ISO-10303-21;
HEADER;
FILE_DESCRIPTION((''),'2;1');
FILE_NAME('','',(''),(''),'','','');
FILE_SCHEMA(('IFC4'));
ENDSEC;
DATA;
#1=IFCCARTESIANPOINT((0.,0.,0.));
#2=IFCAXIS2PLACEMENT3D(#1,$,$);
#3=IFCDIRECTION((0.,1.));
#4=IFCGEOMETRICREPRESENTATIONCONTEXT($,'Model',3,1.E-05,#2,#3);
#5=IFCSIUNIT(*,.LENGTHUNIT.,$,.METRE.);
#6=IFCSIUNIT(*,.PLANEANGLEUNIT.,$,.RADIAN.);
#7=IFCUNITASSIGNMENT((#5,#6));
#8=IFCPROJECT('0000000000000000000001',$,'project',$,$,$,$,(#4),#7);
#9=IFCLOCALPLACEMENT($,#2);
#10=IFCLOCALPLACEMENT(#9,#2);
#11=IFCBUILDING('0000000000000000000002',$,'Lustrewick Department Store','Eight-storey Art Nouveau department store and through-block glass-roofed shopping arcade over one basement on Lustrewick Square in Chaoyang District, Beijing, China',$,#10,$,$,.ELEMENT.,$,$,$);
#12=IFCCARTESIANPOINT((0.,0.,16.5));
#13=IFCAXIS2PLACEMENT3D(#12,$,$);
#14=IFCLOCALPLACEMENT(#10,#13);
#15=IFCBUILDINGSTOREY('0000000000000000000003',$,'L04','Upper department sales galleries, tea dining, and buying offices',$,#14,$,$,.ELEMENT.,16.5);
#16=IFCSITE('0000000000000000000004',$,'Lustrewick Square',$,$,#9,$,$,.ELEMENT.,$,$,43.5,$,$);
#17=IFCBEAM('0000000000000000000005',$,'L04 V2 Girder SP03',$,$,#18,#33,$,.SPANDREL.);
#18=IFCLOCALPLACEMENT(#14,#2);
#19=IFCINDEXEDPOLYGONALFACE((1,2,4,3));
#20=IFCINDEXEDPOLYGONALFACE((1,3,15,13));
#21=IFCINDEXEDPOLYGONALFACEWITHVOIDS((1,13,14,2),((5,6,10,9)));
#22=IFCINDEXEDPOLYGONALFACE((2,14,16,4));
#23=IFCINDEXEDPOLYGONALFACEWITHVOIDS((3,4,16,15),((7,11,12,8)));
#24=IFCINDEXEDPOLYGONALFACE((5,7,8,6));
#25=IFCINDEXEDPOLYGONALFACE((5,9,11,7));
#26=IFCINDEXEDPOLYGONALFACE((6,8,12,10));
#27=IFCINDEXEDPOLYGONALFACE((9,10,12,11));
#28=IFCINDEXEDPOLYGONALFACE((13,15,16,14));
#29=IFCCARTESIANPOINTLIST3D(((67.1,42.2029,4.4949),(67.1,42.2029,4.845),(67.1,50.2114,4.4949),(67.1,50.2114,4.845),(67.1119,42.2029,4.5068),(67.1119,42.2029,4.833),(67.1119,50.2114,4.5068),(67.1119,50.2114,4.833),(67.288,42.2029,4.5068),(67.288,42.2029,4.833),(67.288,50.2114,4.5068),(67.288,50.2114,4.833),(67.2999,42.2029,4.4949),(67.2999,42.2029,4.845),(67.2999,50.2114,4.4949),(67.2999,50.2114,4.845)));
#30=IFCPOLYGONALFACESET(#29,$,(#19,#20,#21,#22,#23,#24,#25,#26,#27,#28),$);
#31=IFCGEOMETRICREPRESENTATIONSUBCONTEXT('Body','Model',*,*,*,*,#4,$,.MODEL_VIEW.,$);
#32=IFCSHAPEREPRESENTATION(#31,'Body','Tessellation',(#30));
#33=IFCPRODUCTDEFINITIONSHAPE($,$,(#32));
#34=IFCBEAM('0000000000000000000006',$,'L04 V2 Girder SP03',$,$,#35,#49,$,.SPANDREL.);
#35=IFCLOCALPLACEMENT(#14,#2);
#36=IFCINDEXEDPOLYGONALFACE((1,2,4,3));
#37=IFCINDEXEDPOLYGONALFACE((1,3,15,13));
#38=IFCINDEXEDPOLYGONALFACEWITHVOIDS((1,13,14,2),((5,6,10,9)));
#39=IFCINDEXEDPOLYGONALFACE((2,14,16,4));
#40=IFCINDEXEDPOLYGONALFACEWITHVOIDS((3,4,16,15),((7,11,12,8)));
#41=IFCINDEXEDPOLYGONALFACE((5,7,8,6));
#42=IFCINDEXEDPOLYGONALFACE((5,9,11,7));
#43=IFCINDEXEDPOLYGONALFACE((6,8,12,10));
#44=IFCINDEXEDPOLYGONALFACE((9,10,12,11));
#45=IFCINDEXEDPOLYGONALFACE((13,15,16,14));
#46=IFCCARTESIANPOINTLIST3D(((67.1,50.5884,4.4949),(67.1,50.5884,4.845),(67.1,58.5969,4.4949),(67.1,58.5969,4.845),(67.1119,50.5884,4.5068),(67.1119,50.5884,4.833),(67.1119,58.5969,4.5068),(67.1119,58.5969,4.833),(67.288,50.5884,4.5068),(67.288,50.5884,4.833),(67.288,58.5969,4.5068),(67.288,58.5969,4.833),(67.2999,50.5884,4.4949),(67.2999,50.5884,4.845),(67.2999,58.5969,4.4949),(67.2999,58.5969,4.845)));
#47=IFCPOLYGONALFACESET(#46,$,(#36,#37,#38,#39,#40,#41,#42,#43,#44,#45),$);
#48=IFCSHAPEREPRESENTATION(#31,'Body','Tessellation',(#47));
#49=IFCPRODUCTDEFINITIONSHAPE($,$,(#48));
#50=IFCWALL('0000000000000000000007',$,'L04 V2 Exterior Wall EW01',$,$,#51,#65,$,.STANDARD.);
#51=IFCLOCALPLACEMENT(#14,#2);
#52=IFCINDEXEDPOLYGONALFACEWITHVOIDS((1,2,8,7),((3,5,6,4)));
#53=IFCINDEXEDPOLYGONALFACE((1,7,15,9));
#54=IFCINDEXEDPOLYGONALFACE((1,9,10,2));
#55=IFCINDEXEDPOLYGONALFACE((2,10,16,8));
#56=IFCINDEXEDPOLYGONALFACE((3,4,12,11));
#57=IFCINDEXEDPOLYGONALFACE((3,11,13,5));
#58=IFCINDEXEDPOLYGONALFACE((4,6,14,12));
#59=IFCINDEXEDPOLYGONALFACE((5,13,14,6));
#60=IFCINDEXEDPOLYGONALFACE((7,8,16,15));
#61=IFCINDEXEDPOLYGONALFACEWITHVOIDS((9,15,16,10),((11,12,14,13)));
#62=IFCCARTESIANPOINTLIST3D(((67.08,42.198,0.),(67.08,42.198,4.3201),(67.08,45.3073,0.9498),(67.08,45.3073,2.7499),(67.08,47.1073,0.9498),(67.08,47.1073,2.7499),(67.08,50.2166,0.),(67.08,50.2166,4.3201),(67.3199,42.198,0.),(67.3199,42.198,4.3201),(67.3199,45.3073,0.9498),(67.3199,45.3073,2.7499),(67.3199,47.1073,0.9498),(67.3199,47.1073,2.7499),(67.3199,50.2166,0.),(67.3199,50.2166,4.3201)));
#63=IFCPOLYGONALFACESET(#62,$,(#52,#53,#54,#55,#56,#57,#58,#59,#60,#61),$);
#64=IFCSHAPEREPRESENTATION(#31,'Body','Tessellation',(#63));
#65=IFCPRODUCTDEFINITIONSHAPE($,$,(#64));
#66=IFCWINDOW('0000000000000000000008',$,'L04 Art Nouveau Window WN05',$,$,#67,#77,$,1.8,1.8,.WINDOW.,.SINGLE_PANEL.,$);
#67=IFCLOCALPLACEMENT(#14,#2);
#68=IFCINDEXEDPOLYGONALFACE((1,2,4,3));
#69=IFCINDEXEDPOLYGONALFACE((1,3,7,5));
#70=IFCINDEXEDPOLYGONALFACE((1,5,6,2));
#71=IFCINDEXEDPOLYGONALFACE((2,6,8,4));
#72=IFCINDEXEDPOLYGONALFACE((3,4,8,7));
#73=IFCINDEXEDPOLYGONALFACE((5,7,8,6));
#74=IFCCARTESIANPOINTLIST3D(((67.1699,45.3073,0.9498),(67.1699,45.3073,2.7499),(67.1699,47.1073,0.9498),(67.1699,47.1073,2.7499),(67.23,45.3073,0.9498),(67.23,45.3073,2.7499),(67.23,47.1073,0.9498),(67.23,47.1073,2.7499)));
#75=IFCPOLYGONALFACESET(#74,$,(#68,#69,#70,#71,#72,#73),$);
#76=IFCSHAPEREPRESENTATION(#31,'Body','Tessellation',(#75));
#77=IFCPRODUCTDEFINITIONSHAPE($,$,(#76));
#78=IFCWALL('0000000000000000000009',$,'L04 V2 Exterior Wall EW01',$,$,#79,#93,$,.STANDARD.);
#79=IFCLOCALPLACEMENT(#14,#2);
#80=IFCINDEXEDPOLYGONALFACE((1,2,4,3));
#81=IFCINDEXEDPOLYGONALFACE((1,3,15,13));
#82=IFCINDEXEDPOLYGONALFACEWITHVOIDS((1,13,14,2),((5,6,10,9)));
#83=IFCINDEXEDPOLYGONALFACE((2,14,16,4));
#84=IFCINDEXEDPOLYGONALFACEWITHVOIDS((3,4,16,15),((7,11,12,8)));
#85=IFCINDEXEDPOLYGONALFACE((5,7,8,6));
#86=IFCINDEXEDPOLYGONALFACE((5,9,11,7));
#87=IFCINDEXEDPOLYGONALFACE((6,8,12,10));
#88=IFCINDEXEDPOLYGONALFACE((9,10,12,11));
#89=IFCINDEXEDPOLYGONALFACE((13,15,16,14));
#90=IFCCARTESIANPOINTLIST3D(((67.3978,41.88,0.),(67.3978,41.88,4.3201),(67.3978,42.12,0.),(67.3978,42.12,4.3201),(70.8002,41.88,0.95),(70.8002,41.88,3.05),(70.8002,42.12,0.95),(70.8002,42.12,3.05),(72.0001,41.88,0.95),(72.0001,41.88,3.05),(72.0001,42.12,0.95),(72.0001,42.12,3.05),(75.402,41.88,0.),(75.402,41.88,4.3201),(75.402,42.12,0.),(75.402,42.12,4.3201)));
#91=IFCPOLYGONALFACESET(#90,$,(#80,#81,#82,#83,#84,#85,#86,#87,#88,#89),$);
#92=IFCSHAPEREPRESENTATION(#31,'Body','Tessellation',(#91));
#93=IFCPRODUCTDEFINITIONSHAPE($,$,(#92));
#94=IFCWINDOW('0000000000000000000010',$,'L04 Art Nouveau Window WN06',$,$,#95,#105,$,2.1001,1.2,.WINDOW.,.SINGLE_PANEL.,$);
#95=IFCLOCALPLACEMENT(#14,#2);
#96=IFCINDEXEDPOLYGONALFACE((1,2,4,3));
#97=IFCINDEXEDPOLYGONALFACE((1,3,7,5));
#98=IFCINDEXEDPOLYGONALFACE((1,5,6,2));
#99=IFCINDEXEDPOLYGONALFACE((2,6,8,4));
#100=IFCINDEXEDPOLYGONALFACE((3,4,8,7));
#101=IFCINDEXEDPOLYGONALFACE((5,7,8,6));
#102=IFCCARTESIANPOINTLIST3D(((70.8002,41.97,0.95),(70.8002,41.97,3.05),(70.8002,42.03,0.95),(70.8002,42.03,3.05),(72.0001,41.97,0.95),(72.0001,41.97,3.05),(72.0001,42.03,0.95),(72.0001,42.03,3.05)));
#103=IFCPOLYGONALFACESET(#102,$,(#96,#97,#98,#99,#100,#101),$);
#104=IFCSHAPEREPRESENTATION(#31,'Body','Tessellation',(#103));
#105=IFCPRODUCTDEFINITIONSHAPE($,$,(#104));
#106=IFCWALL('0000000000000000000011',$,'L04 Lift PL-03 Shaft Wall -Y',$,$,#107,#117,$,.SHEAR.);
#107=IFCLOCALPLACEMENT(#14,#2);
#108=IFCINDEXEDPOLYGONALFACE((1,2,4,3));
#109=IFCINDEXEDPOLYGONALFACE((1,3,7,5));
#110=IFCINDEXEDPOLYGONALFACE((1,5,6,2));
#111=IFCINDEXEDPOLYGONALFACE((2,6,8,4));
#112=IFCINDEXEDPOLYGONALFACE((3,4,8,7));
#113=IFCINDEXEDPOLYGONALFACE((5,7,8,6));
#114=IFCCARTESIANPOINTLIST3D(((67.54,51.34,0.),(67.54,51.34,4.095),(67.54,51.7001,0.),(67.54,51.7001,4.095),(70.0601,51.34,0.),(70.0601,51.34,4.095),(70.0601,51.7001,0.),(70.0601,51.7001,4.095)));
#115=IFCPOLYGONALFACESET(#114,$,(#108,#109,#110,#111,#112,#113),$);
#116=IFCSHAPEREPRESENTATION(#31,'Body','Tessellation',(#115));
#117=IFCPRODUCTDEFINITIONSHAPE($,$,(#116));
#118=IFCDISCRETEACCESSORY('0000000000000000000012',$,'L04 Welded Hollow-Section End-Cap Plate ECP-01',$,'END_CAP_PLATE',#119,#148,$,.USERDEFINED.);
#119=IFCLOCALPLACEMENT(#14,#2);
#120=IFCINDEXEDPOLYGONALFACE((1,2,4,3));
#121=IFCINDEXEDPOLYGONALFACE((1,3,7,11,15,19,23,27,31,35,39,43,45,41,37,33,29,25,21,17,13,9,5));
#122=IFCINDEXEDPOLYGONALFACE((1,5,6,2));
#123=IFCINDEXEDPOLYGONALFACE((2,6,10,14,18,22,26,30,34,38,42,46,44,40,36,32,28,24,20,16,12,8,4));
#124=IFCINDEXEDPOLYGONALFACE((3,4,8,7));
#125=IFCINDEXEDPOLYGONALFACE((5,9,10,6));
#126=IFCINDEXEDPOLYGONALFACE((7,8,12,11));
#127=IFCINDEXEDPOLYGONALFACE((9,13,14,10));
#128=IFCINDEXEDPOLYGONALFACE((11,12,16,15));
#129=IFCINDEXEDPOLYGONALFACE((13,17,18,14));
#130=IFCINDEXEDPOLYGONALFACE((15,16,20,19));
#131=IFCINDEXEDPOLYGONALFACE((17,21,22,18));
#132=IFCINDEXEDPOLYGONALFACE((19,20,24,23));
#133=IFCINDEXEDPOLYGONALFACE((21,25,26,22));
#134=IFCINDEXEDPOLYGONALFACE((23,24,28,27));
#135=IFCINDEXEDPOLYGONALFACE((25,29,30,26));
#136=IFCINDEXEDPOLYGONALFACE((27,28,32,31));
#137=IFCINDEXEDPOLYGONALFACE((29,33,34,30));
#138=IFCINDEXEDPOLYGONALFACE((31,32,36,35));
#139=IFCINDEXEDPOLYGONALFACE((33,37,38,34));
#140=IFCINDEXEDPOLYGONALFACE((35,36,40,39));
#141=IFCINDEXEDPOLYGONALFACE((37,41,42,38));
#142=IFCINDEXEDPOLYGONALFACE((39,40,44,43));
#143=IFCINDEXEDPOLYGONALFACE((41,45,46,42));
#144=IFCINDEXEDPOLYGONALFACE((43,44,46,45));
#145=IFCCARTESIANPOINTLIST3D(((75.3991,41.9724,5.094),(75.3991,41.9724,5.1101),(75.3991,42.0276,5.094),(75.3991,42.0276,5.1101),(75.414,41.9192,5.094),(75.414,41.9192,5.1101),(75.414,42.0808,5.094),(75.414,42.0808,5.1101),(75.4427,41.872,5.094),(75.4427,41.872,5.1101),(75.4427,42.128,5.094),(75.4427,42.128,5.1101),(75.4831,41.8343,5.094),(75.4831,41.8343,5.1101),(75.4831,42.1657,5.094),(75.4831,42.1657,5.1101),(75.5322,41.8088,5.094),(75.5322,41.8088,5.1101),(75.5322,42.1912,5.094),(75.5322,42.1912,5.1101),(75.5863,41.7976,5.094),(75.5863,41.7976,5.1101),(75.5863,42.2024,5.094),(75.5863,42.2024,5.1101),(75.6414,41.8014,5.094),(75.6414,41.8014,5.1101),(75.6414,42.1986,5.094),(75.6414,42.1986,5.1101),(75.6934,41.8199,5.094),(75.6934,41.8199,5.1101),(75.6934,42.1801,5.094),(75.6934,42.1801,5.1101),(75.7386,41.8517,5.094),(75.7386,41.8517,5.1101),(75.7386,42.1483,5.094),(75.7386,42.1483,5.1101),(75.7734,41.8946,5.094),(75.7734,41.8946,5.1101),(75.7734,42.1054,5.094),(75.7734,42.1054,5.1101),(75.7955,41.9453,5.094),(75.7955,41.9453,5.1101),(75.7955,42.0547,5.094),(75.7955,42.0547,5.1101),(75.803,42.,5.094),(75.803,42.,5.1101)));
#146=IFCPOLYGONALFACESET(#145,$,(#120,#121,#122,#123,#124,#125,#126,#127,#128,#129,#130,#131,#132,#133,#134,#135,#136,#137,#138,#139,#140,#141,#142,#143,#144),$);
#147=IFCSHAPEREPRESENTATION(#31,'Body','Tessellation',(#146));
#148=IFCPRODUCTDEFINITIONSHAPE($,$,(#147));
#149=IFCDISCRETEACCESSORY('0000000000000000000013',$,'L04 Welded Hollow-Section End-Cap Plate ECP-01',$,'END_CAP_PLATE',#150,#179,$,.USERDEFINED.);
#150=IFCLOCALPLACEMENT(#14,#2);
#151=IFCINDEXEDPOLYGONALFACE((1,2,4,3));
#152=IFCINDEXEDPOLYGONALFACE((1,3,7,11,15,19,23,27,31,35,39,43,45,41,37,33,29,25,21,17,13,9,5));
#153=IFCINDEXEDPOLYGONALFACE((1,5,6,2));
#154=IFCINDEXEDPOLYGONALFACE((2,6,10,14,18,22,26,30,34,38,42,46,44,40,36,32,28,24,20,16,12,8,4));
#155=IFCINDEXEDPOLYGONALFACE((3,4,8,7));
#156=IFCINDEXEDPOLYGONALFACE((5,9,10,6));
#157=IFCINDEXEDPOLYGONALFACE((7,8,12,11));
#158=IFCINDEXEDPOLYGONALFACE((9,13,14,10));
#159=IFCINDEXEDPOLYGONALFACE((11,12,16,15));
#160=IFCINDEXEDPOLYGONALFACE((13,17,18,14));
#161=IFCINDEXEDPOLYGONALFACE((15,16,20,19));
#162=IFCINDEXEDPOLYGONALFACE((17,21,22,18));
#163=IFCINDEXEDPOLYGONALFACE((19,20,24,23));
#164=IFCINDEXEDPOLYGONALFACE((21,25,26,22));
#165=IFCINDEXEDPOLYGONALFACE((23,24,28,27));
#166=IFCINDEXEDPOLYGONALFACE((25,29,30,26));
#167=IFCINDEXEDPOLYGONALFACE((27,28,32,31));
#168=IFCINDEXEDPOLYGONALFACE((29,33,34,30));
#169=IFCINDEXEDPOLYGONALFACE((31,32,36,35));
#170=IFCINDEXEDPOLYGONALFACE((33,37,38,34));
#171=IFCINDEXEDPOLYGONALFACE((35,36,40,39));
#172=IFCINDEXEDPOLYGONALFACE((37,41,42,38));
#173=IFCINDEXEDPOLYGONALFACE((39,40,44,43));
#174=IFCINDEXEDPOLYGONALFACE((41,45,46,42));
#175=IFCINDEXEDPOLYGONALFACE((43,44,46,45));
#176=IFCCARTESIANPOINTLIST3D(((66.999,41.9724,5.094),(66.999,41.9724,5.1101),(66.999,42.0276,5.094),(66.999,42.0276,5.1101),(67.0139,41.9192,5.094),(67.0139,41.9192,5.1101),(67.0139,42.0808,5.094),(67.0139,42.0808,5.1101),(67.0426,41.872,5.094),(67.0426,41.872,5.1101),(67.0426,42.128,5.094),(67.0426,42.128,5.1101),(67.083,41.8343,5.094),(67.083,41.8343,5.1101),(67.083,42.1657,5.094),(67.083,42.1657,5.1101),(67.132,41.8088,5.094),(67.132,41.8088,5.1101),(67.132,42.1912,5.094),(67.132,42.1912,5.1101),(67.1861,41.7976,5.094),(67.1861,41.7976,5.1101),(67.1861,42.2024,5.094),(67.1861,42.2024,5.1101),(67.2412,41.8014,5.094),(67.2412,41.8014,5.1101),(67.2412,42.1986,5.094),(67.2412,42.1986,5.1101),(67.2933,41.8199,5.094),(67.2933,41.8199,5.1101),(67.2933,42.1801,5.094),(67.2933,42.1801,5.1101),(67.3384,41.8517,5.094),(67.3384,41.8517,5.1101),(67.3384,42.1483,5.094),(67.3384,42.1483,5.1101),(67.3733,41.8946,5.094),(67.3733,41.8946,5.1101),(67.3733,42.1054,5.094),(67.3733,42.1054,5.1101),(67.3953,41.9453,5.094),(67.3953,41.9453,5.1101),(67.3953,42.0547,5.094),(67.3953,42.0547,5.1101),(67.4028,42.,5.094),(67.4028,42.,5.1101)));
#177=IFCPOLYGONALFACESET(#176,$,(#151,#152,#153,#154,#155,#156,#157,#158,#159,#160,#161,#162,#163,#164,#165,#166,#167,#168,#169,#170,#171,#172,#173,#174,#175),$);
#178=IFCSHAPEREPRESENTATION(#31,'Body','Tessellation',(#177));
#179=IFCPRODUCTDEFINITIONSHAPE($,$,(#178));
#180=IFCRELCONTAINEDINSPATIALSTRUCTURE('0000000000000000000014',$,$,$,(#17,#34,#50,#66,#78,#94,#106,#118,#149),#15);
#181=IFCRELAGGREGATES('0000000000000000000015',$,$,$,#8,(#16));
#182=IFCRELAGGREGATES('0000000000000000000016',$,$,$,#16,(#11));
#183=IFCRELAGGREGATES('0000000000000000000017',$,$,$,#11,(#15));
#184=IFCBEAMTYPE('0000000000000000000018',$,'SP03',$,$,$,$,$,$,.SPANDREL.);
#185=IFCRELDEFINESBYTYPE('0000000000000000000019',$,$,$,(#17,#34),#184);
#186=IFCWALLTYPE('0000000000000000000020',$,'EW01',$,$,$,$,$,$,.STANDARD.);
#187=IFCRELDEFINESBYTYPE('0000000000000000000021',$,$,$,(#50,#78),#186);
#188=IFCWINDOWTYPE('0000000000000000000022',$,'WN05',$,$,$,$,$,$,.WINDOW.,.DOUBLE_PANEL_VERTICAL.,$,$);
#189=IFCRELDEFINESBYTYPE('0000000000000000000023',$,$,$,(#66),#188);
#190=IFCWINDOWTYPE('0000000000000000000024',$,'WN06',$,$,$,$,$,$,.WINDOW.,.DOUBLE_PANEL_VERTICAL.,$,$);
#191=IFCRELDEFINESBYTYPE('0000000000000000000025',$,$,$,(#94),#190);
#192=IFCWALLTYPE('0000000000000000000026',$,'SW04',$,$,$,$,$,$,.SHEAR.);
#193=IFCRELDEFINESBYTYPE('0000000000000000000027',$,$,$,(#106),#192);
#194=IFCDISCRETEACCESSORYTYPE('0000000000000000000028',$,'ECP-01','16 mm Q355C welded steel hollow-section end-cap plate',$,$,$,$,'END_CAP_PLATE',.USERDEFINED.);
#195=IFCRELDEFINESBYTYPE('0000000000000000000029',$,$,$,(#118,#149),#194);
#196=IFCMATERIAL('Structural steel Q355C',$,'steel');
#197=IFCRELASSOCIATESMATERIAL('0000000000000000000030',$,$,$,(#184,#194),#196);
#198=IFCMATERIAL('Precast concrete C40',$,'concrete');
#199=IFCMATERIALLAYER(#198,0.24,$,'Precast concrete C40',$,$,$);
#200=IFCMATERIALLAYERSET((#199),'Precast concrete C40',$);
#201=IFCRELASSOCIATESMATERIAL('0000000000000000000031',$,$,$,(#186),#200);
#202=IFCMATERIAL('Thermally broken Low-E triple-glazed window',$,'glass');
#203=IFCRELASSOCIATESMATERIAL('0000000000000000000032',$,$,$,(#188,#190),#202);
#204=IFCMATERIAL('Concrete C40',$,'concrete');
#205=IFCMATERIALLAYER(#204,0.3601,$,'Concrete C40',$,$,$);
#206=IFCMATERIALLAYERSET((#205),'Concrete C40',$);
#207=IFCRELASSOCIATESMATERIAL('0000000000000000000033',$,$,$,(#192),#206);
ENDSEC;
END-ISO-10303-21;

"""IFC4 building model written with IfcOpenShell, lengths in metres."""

from ifc_helpers import new_model, si_unit, direction, frame, frame_2d, origin, origin_2d, place, context, subcontext, project, spatial, rectangle, hollow_rectangle, circle, extrude, material, layer, layer_set, material_profile, profile_set, type_object, element, fill, save


model = new_model("IFC4")

# Units and contexts
model_context = context("Model", 3, precision=1e-05, world=origin(), true_north=direction((0.0, 1.0)))
body_context = subcontext(model_context, "Body", "Model", "MODEL_VIEW")
ifc_project = project(units=[si_unit("LENGTHUNIT", "METRE"), si_unit("PLANEANGLEUNIT", "RADIAN")], contexts=[model_context])

# Site, building, storey
site_placement = place(None, origin())
site = spatial("IfcSite", under=ifc_project, at=site_placement, Name="Lustrewick Square", CompositionType="ELEMENT", RefElevation=43.5)
building_placement = place(site_placement, origin())
building = spatial("IfcBuilding", under=site, at=building_placement, Name="Lustrewick Department Store", Description="Eight-storey Art Nouveau department store and through-block glass-roofed shopping arcade over one basement on Lustrewick Square in Chaoyang District, Beijing, China", CompositionType="ELEMENT")
storey_placement = place(building_placement, frame((0.0, 0.0, 16.5)))
storey = spatial("IfcBuildingStorey", under=building, at=storey_placement, Name="L04", Description="Upper department sales galleries, tea dining, and buying offices", CompositionType="ELEMENT", Elevation=16.5)

# Shared definitions
ifc_material_1 = material(Name="Structural steel Q355C", Category="steel")

# Beams
ifc_material_profile_1 = material_profile(ifc_material_1, hollow_rectangle(XDim=0.2, YDim=0.3501, WallThickness=0.012, at=origin_2d()), Name="RHS 350x200x12")
ifc_profile_set_1 = profile_set([ifc_material_profile_1], Name="Structural steel Q355C")
beam_type_1 = type_object("IfcBeamType", Name="SP03", PredefinedType="SPANDREL", material=ifc_profile_set_1)
for number, where, z_axis, x_axis, name in (
    (1, (67.2, 42.2029, 4.6699), (0.0, 1.0, 0.0), (-1.0, 0.0, 0.0), "L04 V2 Girder SP03"),
    (2, (67.2, 50.5884, 4.6699), (0.0, 1.0, 0.0), (-1.0, 0.0, 0.0), "L04 V2 Girder SP03"),
):
    element("IfcBeam", number, at=place(storey_placement, frame(where, z_axis=z_axis, x_axis=x_axis)), inside=storey, type_object=beam_type_1, Name=name, PredefinedType="SPANDREL", context=body_context, shape_type="SweptSolid", body=[
        extrude(hollow_rectangle(XDim=0.2, YDim=0.3501, WallThickness=0.012, at=origin_2d()), origin(), (0.0, 0.0, 1.0), 8.0085),
    ])

# Walls, openings, windows
ifc_material_2 = material(Name="Precast concrete C40", Category="concrete")
ifc_layer_1 = layer(ifc_material_2, 0.24, Name="Precast concrete C40")
ifc_layer_set_1 = layer_set([ifc_layer_1], Name="Precast concrete C40")
wall_type_1 = type_object("IfcWallType", Name="EW01", PredefinedType="STANDARD", material=ifc_layer_set_1)
wall_1_placement = place(storey_placement, frame((67.2, 50.2166, 0.0), z_axis=(0.0, 0.0, 1.0), x_axis=(0.0, -1.0, 0.0)))
wall_1 = element("IfcWall", 3, at=wall_1_placement, inside=storey, type_object=wall_type_1, Name="L04 V2 Exterior Wall EW01", PredefinedType="STANDARD", context=body_context, shape_type="SweptSolid", body=[
    extrude(rectangle(XDim=8.0186, YDim=0.24, at=frame_2d((4.0093, 0.0))), origin(), (0.0, 0.0, 1.0), 4.3201),
])
opening_1_placement = place(wall_1_placement, frame((3.1094, 0.0, 0.95)))
opening_1 = element("IfcOpeningElement", 4, at=opening_1_placement, cuts=wall_1, PredefinedType="OPENING", context=body_context, shape_type="SweptSolid", body=[
    extrude(rectangle(XDim=1.8, YDim=1.8, at=frame_2d((0.8999, 0.8999))), frame((0.0, 0.1299, 0.0), z_axis=(0.0, -1.0, 0.0), x_axis=(1.0, 0.0, 0.0)), (0.0, 0.0, 1.0), 0.26),
])
ifc_material_3 = material(Name="Thermally broken Low-E triple-glazed window", Category="glass")
window_type_1 = type_object("IfcWindowType", Name="WN05", PartitioningType="DOUBLE_PANEL_VERTICAL", PredefinedType="WINDOW", material=ifc_material_3)
window_1_placement = place(opening_1_placement, origin())
window_1 = element("IfcWindow", 5, at=window_1_placement, inside=storey, type_object=window_type_1, Name="L04 Art Nouveau Window WN05", OverallHeight=1.8, OverallWidth=1.8, PartitioningType="SINGLE_PANEL", PredefinedType="WINDOW", context=body_context, shape_type="SweptSolid", body=[
    extrude(rectangle(XDim=1.8, YDim=1.8, at=frame_2d((0.8999, 0.8999))), frame((0.0, 0.03, 0.0), z_axis=(0.0, -1.0, 0.0), x_axis=(1.0, 0.0, 0.0)), (0.0, 0.0, 1.0), 0.0601),
])
fill(opening_1, window_1)
wall_2_placement = place(storey_placement, frame((67.3979, 42.0, 0.0), z_axis=(0.0, 0.0, 1.0), x_axis=(1.0, 0.0, 0.0)))
wall_2 = element("IfcWall", 6, at=wall_2_placement, inside=storey, type_object=wall_type_1, Name="L04 V2 Exterior Wall EW01", PredefinedType="STANDARD", context=body_context, shape_type="SweptSolid", body=[
    extrude(rectangle(XDim=8.0042, YDim=0.24, at=frame_2d((4.002, 0.0))), origin(), (0.0, 0.0, 1.0), 4.3201),
])
opening_2_placement = place(wall_2_placement, frame((3.4021, 0.0, 0.95)))
opening_2 = element("IfcOpeningElement", 7, at=opening_2_placement, cuts=wall_2, PredefinedType="OPENING", context=body_context, shape_type="SweptSolid", body=[
    extrude(rectangle(XDim=1.2, YDim=2.1001, at=frame_2d((0.6001, 1.05))), frame((0.0, 0.1299, 0.0), z_axis=(0.0, -1.0, 0.0), x_axis=(1.0, 0.0, 0.0)), (0.0, 0.0, 1.0), 0.26),
])
window_type_2 = type_object("IfcWindowType", Name="WN06", PartitioningType="DOUBLE_PANEL_VERTICAL", PredefinedType="WINDOW", material=ifc_material_3)
window_2_placement = place(opening_2_placement, origin())
window_2 = element("IfcWindow", 8, at=window_2_placement, inside=storey, type_object=window_type_2, Name="L04 Art Nouveau Window WN06", OverallHeight=2.1001, OverallWidth=1.2, PartitioningType="SINGLE_PANEL", PredefinedType="WINDOW", context=body_context, shape_type="SweptSolid", body=[
    extrude(rectangle(XDim=1.2, YDim=2.1001, at=frame_2d((0.6001, 1.05))), frame((0.0, 0.03, 0.0), z_axis=(0.0, -1.0, 0.0), x_axis=(1.0, 0.0, 0.0)), (0.0, 0.0, 1.0), 0.0601),
])
fill(opening_2, window_2)

# Wall
ifc_material_4 = material(Name="Concrete C40", Category="concrete")
ifc_layer_2 = layer(ifc_material_4, 0.3601, Name="Concrete C40")
ifc_layer_set_2 = layer_set([ifc_layer_2], Name="Concrete C40")
wall_type_2 = type_object("IfcWallType", Name="SW04", PredefinedType="SHEAR", material=ifc_layer_set_2)
wall_3_placement = place(storey_placement, frame((67.54, 51.52, 0.0), z_axis=(0.0, 0.0, 1.0), x_axis=(1.0, 0.0, 0.0)))
element("IfcWall", 9, at=wall_3_placement, inside=storey, type_object=wall_type_2, Name="L04 Lift PL-03 Shaft Wall -Y", PredefinedType="SHEAR", context=body_context, shape_type="SweptSolid", body=[
    extrude(rectangle(XDim=2.52, YDim=0.3601, at=frame_2d((1.26, 0.0))), origin(), (0.0, 0.0, 1.0), 4.095),
])

# Discrete accessories
discrete_accessory_type = type_object("IfcDiscreteAccessoryType", Name="ECP-01", Description="16 mm Q355C welded steel hollow-section end-cap plate", ElementType="END_CAP_PLATE", PredefinedType="USERDEFINED", material=ifc_material_1)
for number, where, z_axis, x_axis, name in (
    (10, (75.6001, 42.0, 5.094), (0.0, 0.0, 1.0), (1.0, 0.0, 0.0), "L04 Welded Hollow-Section End-Cap Plate ECP-01"),
    (11, (67.2, 42.0, 5.094), (0.0, 0.0, 1.0), (1.0, 0.0, 0.0), "L04 Welded Hollow-Section End-Cap Plate ECP-01"),
):
    element("IfcDiscreteAccessory", number, at=place(storey_placement, frame(where, z_axis=z_axis, x_axis=x_axis)), inside=storey, type_object=discrete_accessory_type, Name=name, ObjectType="END_CAP_PLATE", PredefinedType="USERDEFINED", context=body_context, shape_type="SweptSolid", body=[
        extrude(circle(Radius=0.2029, at=origin_2d()), origin(), (0.0, 0.0, 1.0), 0.0161),
    ])

save(model, "model.ifc")
